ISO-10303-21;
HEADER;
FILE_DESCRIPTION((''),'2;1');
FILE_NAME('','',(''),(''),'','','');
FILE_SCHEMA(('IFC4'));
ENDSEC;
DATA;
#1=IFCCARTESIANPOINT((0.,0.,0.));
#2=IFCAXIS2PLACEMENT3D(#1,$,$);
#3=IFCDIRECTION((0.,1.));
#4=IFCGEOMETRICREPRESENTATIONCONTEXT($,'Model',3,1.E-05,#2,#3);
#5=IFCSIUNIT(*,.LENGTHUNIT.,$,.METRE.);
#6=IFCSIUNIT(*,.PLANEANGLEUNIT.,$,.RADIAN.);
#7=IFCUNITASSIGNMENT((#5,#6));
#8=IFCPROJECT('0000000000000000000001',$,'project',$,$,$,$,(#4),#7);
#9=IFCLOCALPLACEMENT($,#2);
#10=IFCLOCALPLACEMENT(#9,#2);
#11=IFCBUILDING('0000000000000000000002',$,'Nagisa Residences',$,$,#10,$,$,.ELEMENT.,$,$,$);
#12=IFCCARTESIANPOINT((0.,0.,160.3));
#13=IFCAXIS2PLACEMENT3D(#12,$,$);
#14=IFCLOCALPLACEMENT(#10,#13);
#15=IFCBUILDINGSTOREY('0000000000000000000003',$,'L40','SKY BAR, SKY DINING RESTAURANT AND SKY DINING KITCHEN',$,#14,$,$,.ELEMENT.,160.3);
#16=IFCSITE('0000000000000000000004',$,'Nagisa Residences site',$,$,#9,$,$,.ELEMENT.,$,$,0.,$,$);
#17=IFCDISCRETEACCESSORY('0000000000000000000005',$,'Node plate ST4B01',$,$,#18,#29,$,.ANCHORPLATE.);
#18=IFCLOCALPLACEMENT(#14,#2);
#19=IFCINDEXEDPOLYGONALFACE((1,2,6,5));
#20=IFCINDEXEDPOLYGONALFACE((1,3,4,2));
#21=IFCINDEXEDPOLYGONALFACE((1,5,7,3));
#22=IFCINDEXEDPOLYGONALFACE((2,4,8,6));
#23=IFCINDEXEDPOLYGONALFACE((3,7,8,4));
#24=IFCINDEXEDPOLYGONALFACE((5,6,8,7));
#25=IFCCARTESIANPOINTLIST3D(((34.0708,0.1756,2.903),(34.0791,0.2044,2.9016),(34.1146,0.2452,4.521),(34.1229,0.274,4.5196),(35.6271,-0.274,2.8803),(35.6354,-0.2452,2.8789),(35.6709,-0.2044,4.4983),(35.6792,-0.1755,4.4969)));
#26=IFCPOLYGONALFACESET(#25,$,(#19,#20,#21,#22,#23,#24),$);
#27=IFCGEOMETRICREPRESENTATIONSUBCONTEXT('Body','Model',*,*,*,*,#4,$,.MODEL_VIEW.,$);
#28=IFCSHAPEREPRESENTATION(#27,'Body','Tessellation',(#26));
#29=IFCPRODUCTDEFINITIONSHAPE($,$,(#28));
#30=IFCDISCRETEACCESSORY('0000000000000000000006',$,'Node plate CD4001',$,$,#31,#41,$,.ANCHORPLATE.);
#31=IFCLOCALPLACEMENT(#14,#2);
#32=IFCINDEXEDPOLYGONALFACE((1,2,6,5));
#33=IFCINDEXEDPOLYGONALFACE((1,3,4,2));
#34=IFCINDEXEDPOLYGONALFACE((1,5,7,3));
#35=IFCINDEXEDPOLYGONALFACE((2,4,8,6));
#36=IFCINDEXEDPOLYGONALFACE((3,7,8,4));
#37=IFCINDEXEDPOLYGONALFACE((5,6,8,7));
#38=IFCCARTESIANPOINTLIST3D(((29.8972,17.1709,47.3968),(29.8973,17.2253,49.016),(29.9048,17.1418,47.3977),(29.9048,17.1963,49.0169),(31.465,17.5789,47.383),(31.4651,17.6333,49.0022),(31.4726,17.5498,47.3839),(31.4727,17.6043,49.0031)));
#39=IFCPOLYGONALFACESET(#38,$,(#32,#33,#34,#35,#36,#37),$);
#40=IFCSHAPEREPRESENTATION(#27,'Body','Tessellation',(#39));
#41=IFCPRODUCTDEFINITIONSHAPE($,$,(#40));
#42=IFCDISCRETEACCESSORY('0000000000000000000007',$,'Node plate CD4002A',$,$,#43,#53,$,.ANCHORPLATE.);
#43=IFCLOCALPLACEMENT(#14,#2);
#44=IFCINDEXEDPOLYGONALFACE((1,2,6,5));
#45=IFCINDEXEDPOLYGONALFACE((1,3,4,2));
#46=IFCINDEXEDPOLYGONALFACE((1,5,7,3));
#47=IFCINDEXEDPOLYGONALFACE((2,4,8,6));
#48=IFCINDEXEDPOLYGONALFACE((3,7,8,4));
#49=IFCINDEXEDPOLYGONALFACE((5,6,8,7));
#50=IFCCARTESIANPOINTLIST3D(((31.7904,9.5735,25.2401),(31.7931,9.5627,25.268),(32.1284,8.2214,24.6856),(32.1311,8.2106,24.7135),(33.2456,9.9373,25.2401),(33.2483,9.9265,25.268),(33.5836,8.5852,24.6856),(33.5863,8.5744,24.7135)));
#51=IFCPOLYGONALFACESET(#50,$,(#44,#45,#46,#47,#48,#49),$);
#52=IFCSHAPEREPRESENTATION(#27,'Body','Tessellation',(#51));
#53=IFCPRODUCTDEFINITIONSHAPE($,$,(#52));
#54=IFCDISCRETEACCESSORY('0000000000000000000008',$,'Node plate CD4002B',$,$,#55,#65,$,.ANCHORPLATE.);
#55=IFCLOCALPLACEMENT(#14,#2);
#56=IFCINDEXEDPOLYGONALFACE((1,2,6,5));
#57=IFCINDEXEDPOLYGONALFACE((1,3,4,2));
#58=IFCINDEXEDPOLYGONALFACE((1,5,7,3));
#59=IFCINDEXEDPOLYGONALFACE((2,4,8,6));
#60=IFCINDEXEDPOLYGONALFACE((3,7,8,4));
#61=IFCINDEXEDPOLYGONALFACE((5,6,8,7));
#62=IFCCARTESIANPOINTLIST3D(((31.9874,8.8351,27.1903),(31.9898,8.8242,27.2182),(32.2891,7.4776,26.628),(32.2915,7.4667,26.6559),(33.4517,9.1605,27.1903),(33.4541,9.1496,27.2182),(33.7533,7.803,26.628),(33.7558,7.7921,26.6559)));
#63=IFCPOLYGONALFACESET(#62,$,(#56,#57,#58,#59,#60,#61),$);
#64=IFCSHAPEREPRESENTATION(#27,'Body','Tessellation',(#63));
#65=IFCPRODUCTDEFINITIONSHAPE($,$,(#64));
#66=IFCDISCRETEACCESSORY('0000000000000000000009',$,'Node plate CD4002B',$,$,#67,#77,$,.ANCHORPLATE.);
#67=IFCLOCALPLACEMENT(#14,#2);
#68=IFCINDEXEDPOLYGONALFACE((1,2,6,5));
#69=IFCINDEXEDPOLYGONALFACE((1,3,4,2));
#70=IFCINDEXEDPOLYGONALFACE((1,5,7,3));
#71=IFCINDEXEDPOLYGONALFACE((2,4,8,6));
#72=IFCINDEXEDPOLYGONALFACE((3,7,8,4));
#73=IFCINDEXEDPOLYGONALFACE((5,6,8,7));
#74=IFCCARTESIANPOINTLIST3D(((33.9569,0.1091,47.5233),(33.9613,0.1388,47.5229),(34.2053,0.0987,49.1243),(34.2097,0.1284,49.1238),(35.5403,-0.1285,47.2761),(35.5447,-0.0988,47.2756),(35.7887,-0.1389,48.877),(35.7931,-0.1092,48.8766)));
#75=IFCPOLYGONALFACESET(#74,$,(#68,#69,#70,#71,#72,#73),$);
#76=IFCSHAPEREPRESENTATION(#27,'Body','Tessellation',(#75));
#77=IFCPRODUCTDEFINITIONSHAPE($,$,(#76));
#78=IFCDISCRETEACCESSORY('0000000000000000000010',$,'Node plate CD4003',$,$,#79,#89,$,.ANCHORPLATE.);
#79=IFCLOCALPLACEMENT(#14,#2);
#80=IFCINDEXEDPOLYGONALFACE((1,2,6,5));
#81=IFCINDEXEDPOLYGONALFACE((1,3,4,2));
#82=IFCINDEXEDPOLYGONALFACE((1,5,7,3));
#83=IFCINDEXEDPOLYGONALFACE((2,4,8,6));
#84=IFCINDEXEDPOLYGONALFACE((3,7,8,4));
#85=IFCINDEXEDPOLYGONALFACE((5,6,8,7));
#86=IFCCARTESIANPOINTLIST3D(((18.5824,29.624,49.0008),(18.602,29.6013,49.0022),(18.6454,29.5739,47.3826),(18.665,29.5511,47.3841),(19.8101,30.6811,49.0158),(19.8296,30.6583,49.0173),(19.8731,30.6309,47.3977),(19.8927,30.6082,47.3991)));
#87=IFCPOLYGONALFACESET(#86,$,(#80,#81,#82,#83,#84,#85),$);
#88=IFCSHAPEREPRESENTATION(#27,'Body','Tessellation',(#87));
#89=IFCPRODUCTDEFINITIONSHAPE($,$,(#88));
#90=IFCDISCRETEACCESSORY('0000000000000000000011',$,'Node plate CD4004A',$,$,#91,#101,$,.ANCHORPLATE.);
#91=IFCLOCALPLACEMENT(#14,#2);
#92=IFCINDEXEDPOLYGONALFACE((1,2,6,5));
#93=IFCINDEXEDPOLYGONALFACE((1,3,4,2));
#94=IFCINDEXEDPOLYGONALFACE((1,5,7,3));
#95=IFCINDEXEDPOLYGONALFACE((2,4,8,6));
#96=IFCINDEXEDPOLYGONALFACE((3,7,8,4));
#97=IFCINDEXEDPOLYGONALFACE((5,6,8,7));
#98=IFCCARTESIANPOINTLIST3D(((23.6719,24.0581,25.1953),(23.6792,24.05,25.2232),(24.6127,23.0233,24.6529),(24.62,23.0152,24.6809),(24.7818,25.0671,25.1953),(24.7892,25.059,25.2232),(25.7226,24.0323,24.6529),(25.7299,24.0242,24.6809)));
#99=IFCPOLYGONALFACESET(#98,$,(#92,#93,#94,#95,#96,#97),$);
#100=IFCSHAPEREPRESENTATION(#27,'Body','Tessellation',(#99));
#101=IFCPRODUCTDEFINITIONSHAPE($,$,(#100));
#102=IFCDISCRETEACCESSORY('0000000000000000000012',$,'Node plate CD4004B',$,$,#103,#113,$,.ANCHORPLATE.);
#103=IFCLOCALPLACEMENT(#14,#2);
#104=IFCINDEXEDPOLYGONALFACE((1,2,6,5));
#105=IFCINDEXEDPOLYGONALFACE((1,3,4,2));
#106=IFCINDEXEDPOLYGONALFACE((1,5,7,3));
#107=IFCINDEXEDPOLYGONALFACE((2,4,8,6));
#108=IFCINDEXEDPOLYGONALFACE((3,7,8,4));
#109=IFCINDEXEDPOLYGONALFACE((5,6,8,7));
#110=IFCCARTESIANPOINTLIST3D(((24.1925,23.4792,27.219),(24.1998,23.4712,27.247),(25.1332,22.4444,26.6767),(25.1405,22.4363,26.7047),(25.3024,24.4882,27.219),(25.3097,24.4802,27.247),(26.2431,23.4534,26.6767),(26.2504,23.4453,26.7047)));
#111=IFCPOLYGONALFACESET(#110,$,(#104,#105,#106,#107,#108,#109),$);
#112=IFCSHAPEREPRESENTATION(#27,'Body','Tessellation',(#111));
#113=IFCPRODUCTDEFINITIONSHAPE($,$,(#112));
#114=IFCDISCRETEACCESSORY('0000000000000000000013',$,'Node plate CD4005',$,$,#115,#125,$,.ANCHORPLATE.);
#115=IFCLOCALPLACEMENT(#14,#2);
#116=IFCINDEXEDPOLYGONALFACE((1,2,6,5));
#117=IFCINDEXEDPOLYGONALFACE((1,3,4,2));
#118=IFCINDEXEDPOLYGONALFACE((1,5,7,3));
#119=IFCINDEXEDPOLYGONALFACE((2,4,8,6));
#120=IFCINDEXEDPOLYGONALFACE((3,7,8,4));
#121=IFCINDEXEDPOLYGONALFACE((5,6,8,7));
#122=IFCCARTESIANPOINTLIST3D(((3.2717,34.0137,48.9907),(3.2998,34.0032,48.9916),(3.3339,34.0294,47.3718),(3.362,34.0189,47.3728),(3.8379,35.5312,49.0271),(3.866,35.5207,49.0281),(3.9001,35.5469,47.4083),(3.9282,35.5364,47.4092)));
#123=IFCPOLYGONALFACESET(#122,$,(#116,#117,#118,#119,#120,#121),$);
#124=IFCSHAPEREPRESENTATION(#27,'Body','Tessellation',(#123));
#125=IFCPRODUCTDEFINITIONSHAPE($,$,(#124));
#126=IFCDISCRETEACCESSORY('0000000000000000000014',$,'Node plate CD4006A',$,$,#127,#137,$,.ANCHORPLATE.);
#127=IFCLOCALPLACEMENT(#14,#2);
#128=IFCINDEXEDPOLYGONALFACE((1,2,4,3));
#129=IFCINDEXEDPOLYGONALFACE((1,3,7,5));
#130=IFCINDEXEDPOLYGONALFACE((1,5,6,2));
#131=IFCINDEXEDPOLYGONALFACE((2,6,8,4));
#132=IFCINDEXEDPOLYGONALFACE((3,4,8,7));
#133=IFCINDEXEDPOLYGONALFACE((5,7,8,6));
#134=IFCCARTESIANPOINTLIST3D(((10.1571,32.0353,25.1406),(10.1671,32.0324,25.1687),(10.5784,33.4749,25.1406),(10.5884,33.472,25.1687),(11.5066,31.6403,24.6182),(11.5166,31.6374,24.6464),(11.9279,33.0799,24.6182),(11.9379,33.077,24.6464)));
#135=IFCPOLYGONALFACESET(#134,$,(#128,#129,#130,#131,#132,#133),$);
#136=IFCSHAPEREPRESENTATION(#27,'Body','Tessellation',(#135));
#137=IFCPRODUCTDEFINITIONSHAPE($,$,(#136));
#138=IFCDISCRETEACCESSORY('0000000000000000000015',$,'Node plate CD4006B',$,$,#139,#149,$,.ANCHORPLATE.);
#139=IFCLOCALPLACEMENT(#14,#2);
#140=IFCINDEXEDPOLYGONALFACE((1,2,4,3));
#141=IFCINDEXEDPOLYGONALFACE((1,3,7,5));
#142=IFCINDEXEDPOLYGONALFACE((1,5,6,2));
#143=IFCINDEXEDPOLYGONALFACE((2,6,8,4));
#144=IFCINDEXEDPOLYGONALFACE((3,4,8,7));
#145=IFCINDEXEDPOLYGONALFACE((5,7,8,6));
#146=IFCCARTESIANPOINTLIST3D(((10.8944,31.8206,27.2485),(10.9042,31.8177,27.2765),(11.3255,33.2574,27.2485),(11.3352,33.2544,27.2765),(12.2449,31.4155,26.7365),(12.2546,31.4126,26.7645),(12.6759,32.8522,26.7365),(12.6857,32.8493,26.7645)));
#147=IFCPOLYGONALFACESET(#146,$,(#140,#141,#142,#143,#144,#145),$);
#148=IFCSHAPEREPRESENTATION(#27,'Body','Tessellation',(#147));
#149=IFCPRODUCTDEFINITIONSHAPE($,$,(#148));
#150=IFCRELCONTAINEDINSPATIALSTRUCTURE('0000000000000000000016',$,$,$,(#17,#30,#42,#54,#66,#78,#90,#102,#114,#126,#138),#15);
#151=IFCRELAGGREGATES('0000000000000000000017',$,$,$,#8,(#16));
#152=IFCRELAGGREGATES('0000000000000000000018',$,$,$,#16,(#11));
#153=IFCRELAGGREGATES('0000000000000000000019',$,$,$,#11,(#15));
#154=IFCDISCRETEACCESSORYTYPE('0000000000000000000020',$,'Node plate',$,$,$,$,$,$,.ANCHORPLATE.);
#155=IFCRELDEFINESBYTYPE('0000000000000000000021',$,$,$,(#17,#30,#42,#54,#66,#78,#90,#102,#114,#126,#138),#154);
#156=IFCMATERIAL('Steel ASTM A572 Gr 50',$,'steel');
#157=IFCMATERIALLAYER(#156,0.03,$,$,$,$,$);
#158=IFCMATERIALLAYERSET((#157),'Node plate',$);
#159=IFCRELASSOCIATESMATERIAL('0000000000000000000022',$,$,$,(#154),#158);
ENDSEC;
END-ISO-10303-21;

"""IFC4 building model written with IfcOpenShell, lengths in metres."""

from ifc_helpers import new_model, si_unit, direction, frame, origin, origin_2d, place, context, subcontext, project, spatial, rectangle, extrude, material, layer, layer_set, type_object, element, save


model = new_model("IFC4")

# Units and contexts
model_context = context("Model", 3, precision=1e-05, world=origin(), true_north=direction((0.0, 1.0)))
body_context = subcontext(model_context, "Body", "Model", "MODEL_VIEW")
ifc_project = project(units=[si_unit("LENGTHUNIT", "METRE"), si_unit("PLANEANGLEUNIT", "RADIAN")], contexts=[model_context])

# Site, building, storey
site_placement = place(None, origin())
site = spatial("IfcSite", under=ifc_project, at=site_placement, Name="Nagisa Residences site", CompositionType="ELEMENT", RefElevation=0.0)
building_placement = place(site_placement, origin())
building = spatial("IfcBuilding", under=site, at=building_placement, Name="Nagisa Residences", CompositionType="ELEMENT")
storey_placement = place(building_placement, frame((0.0, 0.0, 160.3)))
storey = spatial("IfcBuildingStorey", under=building, at=storey_placement, Name="L40", Description="SKY BAR, SKY DINING RESTAURANT AND SKY DINING KITCHEN", CompositionType="ELEMENT", Elevation=160.3)

# Discrete accessories
ifc_material_1 = material(Name="Steel ASTM A572 Gr 50", Category="steel")
ifc_layer = layer(ifc_material_1, 0.03)
ifc_layer_set = layer_set([ifc_layer], Name="Node plate")
discrete_accessory_type_1 = type_object("IfcDiscreteAccessoryType", Name="Node plate", PredefinedType="ANCHORPLATE", material=ifc_layer_set)
for number, where, z_axis, x_axis, name in (
    (1, (34.8708, -0.0144, 3.7007), (0.276542, 0.959762, -0.048801), (-0.960623, 0.277502, 0.014013), "Node plate ST4B01"),
    (2, (30.6887, 17.373, 48.2004), (-0.251958, 0.967192, -0.032511), (-0.000049, -0.033607, -0.999435), "Node plate CD4001"),
):
    element("IfcDiscreteAccessory", number, at=place(storey_placement, frame(where, z_axis=z_axis, x_axis=x_axis)), inside=storey, type_object=discrete_accessory_type_1, Name=name, PredefinedType="ANCHORPLATE", context=body_context, shape_type="SweptSolid", body=[
        extrude(rectangle(XDim=1.6201, YDim=1.6201, at=origin_2d()), origin(), (0.0, 0.0, 1.0), 0.03),
    ])
for number, where, z_axis, x_axis, name in (
    (3, (32.687, 9.0793, 24.9629), (0.089656, -0.358625, 0.929166), (0.970143, 0.242536, 0.0), "Node plate CD4002A"),
    (4, (32.8728, 8.3081, 26.937), (-0.081322, 0.36595, -0.927074), (-0.976187, -0.21693, 0.0), "Node plate CD4002B"),
):
    element("IfcDiscreteAccessory", number, at=place(storey_placement, frame(where, z_axis=z_axis, x_axis=x_axis)), inside=storey, type_object=discrete_accessory_type_1, Name=name, PredefinedType="ANCHORPLATE", context=body_context, shape_type="SweptSolid", body=[
        extrude(rectangle(XDim=1.5, YDim=1.5, at=origin_2d()), origin(), (0.0, 0.0, 1.0), 0.03),
    ])
for number, where, z_axis, x_axis, name in (
    (5, (34.8728, -0.0149, 48.2002), (0.145942, 0.98916, -0.016216), (-0.153325, 0.006422, -0.988155), "Node plate CD4002B"),
    (6, (19.2473, 30.1047, 48.2007), (-0.651354, 0.757199, -0.048852), (0.038899, -0.030975, -0.998763), "Node plate CD4003"),
):
    element("IfcDiscreteAccessory", number, at=place(storey_placement, frame(where, z_axis=z_axis, x_axis=x_axis)), inside=storey, type_object=discrete_accessory_type_1, Name=name, PredefinedType="ANCHORPLATE", context=body_context, shape_type="SweptSolid", body=[
        extrude(rectangle(XDim=1.6201, YDim=1.6201, at=origin_2d()), origin(), (0.0, 0.0, 1.0), 0.03),
    ])
for number, where, z_axis, x_axis, name in (
    (7, (24.6973, 24.0452, 24.9241), (0.24322, -0.267542, 0.932344), (0.73994, 0.672673, 0.0), "Node plate CD4004A"),
    (8, (25.2251, 23.4583, 26.9758), (-0.24322, 0.267542, -0.932344), (-0.73994, -0.672673, 0.0), "Node plate CD4004B"),
):
    element("IfcDiscreteAccessory", number, at=place(storey_placement, frame(where, z_axis=z_axis, x_axis=x_axis)), inside=storey, type_object=discrete_accessory_type_1, Name=name, PredefinedType="ANCHORPLATE", context=body_context, shape_type="SweptSolid", body=[
        extrude(rectangle(XDim=1.5, YDim=1.5, at=origin_2d()), origin(), (0.0, 0.0, 1.0), 0.03),
    ])
discrete_accessory_1_placement = place(storey_placement, frame((3.614, 34.7698, 48.2004), z_axis=(-0.936167, 0.350045, -0.032562), x_axis=(0.038379, 0.009691, -0.999216)))
element("IfcDiscreteAccessory", 9, at=discrete_accessory_1_placement, inside=storey, type_object=discrete_accessory_type_1, Name="Node plate CD4005", PredefinedType="ANCHORPLATE", context=body_context, shape_type="SweptSolid", body=[
    extrude(rectangle(XDim=1.6201, YDim=1.6201, at=origin_2d()), origin(), (0.0, 0.0, 1.0), 0.03),
])
discrete_accessory_2_placement = place(storey_placement, frame((11.0425, 32.5576, 24.8794), z_axis=(0.334207, -0.097817, 0.93741), x_axis=(0.280899, 0.959737, 0.0)))
element("IfcDiscreteAccessory", 10, at=discrete_accessory_2_placement, inside=storey, type_object=discrete_accessory_type_1, Name="Node plate CD4006A", PredefinedType="ANCHORPLATE", context=body_context, shape_type="SweptSolid", body=[
    extrude(rectangle(XDim=1.5, YDim=1.5, at=origin_2d()), origin(), (0.0, 0.0, 1.0), 0.03),
])
discrete_accessory_3_placement = place(storey_placement, frame((11.7949, 32.3335, 27.0205), z_axis=(-0.326937, 0.098081, -0.939943), x_axis=(-0.287348, -0.957826, 0.0)))
element("IfcDiscreteAccessory", 11, at=discrete_accessory_3_placement, inside=storey, type_object=discrete_accessory_type_1, Name="Node plate CD4006B", PredefinedType="ANCHORPLATE", context=body_context, shape_type="SweptSolid", body=[
    extrude(rectangle(XDim=1.5, YDim=1.5, at=origin_2d()), origin(), (0.0, 0.0, 1.0), 0.0298),
])

save(model, "model.ifc")
